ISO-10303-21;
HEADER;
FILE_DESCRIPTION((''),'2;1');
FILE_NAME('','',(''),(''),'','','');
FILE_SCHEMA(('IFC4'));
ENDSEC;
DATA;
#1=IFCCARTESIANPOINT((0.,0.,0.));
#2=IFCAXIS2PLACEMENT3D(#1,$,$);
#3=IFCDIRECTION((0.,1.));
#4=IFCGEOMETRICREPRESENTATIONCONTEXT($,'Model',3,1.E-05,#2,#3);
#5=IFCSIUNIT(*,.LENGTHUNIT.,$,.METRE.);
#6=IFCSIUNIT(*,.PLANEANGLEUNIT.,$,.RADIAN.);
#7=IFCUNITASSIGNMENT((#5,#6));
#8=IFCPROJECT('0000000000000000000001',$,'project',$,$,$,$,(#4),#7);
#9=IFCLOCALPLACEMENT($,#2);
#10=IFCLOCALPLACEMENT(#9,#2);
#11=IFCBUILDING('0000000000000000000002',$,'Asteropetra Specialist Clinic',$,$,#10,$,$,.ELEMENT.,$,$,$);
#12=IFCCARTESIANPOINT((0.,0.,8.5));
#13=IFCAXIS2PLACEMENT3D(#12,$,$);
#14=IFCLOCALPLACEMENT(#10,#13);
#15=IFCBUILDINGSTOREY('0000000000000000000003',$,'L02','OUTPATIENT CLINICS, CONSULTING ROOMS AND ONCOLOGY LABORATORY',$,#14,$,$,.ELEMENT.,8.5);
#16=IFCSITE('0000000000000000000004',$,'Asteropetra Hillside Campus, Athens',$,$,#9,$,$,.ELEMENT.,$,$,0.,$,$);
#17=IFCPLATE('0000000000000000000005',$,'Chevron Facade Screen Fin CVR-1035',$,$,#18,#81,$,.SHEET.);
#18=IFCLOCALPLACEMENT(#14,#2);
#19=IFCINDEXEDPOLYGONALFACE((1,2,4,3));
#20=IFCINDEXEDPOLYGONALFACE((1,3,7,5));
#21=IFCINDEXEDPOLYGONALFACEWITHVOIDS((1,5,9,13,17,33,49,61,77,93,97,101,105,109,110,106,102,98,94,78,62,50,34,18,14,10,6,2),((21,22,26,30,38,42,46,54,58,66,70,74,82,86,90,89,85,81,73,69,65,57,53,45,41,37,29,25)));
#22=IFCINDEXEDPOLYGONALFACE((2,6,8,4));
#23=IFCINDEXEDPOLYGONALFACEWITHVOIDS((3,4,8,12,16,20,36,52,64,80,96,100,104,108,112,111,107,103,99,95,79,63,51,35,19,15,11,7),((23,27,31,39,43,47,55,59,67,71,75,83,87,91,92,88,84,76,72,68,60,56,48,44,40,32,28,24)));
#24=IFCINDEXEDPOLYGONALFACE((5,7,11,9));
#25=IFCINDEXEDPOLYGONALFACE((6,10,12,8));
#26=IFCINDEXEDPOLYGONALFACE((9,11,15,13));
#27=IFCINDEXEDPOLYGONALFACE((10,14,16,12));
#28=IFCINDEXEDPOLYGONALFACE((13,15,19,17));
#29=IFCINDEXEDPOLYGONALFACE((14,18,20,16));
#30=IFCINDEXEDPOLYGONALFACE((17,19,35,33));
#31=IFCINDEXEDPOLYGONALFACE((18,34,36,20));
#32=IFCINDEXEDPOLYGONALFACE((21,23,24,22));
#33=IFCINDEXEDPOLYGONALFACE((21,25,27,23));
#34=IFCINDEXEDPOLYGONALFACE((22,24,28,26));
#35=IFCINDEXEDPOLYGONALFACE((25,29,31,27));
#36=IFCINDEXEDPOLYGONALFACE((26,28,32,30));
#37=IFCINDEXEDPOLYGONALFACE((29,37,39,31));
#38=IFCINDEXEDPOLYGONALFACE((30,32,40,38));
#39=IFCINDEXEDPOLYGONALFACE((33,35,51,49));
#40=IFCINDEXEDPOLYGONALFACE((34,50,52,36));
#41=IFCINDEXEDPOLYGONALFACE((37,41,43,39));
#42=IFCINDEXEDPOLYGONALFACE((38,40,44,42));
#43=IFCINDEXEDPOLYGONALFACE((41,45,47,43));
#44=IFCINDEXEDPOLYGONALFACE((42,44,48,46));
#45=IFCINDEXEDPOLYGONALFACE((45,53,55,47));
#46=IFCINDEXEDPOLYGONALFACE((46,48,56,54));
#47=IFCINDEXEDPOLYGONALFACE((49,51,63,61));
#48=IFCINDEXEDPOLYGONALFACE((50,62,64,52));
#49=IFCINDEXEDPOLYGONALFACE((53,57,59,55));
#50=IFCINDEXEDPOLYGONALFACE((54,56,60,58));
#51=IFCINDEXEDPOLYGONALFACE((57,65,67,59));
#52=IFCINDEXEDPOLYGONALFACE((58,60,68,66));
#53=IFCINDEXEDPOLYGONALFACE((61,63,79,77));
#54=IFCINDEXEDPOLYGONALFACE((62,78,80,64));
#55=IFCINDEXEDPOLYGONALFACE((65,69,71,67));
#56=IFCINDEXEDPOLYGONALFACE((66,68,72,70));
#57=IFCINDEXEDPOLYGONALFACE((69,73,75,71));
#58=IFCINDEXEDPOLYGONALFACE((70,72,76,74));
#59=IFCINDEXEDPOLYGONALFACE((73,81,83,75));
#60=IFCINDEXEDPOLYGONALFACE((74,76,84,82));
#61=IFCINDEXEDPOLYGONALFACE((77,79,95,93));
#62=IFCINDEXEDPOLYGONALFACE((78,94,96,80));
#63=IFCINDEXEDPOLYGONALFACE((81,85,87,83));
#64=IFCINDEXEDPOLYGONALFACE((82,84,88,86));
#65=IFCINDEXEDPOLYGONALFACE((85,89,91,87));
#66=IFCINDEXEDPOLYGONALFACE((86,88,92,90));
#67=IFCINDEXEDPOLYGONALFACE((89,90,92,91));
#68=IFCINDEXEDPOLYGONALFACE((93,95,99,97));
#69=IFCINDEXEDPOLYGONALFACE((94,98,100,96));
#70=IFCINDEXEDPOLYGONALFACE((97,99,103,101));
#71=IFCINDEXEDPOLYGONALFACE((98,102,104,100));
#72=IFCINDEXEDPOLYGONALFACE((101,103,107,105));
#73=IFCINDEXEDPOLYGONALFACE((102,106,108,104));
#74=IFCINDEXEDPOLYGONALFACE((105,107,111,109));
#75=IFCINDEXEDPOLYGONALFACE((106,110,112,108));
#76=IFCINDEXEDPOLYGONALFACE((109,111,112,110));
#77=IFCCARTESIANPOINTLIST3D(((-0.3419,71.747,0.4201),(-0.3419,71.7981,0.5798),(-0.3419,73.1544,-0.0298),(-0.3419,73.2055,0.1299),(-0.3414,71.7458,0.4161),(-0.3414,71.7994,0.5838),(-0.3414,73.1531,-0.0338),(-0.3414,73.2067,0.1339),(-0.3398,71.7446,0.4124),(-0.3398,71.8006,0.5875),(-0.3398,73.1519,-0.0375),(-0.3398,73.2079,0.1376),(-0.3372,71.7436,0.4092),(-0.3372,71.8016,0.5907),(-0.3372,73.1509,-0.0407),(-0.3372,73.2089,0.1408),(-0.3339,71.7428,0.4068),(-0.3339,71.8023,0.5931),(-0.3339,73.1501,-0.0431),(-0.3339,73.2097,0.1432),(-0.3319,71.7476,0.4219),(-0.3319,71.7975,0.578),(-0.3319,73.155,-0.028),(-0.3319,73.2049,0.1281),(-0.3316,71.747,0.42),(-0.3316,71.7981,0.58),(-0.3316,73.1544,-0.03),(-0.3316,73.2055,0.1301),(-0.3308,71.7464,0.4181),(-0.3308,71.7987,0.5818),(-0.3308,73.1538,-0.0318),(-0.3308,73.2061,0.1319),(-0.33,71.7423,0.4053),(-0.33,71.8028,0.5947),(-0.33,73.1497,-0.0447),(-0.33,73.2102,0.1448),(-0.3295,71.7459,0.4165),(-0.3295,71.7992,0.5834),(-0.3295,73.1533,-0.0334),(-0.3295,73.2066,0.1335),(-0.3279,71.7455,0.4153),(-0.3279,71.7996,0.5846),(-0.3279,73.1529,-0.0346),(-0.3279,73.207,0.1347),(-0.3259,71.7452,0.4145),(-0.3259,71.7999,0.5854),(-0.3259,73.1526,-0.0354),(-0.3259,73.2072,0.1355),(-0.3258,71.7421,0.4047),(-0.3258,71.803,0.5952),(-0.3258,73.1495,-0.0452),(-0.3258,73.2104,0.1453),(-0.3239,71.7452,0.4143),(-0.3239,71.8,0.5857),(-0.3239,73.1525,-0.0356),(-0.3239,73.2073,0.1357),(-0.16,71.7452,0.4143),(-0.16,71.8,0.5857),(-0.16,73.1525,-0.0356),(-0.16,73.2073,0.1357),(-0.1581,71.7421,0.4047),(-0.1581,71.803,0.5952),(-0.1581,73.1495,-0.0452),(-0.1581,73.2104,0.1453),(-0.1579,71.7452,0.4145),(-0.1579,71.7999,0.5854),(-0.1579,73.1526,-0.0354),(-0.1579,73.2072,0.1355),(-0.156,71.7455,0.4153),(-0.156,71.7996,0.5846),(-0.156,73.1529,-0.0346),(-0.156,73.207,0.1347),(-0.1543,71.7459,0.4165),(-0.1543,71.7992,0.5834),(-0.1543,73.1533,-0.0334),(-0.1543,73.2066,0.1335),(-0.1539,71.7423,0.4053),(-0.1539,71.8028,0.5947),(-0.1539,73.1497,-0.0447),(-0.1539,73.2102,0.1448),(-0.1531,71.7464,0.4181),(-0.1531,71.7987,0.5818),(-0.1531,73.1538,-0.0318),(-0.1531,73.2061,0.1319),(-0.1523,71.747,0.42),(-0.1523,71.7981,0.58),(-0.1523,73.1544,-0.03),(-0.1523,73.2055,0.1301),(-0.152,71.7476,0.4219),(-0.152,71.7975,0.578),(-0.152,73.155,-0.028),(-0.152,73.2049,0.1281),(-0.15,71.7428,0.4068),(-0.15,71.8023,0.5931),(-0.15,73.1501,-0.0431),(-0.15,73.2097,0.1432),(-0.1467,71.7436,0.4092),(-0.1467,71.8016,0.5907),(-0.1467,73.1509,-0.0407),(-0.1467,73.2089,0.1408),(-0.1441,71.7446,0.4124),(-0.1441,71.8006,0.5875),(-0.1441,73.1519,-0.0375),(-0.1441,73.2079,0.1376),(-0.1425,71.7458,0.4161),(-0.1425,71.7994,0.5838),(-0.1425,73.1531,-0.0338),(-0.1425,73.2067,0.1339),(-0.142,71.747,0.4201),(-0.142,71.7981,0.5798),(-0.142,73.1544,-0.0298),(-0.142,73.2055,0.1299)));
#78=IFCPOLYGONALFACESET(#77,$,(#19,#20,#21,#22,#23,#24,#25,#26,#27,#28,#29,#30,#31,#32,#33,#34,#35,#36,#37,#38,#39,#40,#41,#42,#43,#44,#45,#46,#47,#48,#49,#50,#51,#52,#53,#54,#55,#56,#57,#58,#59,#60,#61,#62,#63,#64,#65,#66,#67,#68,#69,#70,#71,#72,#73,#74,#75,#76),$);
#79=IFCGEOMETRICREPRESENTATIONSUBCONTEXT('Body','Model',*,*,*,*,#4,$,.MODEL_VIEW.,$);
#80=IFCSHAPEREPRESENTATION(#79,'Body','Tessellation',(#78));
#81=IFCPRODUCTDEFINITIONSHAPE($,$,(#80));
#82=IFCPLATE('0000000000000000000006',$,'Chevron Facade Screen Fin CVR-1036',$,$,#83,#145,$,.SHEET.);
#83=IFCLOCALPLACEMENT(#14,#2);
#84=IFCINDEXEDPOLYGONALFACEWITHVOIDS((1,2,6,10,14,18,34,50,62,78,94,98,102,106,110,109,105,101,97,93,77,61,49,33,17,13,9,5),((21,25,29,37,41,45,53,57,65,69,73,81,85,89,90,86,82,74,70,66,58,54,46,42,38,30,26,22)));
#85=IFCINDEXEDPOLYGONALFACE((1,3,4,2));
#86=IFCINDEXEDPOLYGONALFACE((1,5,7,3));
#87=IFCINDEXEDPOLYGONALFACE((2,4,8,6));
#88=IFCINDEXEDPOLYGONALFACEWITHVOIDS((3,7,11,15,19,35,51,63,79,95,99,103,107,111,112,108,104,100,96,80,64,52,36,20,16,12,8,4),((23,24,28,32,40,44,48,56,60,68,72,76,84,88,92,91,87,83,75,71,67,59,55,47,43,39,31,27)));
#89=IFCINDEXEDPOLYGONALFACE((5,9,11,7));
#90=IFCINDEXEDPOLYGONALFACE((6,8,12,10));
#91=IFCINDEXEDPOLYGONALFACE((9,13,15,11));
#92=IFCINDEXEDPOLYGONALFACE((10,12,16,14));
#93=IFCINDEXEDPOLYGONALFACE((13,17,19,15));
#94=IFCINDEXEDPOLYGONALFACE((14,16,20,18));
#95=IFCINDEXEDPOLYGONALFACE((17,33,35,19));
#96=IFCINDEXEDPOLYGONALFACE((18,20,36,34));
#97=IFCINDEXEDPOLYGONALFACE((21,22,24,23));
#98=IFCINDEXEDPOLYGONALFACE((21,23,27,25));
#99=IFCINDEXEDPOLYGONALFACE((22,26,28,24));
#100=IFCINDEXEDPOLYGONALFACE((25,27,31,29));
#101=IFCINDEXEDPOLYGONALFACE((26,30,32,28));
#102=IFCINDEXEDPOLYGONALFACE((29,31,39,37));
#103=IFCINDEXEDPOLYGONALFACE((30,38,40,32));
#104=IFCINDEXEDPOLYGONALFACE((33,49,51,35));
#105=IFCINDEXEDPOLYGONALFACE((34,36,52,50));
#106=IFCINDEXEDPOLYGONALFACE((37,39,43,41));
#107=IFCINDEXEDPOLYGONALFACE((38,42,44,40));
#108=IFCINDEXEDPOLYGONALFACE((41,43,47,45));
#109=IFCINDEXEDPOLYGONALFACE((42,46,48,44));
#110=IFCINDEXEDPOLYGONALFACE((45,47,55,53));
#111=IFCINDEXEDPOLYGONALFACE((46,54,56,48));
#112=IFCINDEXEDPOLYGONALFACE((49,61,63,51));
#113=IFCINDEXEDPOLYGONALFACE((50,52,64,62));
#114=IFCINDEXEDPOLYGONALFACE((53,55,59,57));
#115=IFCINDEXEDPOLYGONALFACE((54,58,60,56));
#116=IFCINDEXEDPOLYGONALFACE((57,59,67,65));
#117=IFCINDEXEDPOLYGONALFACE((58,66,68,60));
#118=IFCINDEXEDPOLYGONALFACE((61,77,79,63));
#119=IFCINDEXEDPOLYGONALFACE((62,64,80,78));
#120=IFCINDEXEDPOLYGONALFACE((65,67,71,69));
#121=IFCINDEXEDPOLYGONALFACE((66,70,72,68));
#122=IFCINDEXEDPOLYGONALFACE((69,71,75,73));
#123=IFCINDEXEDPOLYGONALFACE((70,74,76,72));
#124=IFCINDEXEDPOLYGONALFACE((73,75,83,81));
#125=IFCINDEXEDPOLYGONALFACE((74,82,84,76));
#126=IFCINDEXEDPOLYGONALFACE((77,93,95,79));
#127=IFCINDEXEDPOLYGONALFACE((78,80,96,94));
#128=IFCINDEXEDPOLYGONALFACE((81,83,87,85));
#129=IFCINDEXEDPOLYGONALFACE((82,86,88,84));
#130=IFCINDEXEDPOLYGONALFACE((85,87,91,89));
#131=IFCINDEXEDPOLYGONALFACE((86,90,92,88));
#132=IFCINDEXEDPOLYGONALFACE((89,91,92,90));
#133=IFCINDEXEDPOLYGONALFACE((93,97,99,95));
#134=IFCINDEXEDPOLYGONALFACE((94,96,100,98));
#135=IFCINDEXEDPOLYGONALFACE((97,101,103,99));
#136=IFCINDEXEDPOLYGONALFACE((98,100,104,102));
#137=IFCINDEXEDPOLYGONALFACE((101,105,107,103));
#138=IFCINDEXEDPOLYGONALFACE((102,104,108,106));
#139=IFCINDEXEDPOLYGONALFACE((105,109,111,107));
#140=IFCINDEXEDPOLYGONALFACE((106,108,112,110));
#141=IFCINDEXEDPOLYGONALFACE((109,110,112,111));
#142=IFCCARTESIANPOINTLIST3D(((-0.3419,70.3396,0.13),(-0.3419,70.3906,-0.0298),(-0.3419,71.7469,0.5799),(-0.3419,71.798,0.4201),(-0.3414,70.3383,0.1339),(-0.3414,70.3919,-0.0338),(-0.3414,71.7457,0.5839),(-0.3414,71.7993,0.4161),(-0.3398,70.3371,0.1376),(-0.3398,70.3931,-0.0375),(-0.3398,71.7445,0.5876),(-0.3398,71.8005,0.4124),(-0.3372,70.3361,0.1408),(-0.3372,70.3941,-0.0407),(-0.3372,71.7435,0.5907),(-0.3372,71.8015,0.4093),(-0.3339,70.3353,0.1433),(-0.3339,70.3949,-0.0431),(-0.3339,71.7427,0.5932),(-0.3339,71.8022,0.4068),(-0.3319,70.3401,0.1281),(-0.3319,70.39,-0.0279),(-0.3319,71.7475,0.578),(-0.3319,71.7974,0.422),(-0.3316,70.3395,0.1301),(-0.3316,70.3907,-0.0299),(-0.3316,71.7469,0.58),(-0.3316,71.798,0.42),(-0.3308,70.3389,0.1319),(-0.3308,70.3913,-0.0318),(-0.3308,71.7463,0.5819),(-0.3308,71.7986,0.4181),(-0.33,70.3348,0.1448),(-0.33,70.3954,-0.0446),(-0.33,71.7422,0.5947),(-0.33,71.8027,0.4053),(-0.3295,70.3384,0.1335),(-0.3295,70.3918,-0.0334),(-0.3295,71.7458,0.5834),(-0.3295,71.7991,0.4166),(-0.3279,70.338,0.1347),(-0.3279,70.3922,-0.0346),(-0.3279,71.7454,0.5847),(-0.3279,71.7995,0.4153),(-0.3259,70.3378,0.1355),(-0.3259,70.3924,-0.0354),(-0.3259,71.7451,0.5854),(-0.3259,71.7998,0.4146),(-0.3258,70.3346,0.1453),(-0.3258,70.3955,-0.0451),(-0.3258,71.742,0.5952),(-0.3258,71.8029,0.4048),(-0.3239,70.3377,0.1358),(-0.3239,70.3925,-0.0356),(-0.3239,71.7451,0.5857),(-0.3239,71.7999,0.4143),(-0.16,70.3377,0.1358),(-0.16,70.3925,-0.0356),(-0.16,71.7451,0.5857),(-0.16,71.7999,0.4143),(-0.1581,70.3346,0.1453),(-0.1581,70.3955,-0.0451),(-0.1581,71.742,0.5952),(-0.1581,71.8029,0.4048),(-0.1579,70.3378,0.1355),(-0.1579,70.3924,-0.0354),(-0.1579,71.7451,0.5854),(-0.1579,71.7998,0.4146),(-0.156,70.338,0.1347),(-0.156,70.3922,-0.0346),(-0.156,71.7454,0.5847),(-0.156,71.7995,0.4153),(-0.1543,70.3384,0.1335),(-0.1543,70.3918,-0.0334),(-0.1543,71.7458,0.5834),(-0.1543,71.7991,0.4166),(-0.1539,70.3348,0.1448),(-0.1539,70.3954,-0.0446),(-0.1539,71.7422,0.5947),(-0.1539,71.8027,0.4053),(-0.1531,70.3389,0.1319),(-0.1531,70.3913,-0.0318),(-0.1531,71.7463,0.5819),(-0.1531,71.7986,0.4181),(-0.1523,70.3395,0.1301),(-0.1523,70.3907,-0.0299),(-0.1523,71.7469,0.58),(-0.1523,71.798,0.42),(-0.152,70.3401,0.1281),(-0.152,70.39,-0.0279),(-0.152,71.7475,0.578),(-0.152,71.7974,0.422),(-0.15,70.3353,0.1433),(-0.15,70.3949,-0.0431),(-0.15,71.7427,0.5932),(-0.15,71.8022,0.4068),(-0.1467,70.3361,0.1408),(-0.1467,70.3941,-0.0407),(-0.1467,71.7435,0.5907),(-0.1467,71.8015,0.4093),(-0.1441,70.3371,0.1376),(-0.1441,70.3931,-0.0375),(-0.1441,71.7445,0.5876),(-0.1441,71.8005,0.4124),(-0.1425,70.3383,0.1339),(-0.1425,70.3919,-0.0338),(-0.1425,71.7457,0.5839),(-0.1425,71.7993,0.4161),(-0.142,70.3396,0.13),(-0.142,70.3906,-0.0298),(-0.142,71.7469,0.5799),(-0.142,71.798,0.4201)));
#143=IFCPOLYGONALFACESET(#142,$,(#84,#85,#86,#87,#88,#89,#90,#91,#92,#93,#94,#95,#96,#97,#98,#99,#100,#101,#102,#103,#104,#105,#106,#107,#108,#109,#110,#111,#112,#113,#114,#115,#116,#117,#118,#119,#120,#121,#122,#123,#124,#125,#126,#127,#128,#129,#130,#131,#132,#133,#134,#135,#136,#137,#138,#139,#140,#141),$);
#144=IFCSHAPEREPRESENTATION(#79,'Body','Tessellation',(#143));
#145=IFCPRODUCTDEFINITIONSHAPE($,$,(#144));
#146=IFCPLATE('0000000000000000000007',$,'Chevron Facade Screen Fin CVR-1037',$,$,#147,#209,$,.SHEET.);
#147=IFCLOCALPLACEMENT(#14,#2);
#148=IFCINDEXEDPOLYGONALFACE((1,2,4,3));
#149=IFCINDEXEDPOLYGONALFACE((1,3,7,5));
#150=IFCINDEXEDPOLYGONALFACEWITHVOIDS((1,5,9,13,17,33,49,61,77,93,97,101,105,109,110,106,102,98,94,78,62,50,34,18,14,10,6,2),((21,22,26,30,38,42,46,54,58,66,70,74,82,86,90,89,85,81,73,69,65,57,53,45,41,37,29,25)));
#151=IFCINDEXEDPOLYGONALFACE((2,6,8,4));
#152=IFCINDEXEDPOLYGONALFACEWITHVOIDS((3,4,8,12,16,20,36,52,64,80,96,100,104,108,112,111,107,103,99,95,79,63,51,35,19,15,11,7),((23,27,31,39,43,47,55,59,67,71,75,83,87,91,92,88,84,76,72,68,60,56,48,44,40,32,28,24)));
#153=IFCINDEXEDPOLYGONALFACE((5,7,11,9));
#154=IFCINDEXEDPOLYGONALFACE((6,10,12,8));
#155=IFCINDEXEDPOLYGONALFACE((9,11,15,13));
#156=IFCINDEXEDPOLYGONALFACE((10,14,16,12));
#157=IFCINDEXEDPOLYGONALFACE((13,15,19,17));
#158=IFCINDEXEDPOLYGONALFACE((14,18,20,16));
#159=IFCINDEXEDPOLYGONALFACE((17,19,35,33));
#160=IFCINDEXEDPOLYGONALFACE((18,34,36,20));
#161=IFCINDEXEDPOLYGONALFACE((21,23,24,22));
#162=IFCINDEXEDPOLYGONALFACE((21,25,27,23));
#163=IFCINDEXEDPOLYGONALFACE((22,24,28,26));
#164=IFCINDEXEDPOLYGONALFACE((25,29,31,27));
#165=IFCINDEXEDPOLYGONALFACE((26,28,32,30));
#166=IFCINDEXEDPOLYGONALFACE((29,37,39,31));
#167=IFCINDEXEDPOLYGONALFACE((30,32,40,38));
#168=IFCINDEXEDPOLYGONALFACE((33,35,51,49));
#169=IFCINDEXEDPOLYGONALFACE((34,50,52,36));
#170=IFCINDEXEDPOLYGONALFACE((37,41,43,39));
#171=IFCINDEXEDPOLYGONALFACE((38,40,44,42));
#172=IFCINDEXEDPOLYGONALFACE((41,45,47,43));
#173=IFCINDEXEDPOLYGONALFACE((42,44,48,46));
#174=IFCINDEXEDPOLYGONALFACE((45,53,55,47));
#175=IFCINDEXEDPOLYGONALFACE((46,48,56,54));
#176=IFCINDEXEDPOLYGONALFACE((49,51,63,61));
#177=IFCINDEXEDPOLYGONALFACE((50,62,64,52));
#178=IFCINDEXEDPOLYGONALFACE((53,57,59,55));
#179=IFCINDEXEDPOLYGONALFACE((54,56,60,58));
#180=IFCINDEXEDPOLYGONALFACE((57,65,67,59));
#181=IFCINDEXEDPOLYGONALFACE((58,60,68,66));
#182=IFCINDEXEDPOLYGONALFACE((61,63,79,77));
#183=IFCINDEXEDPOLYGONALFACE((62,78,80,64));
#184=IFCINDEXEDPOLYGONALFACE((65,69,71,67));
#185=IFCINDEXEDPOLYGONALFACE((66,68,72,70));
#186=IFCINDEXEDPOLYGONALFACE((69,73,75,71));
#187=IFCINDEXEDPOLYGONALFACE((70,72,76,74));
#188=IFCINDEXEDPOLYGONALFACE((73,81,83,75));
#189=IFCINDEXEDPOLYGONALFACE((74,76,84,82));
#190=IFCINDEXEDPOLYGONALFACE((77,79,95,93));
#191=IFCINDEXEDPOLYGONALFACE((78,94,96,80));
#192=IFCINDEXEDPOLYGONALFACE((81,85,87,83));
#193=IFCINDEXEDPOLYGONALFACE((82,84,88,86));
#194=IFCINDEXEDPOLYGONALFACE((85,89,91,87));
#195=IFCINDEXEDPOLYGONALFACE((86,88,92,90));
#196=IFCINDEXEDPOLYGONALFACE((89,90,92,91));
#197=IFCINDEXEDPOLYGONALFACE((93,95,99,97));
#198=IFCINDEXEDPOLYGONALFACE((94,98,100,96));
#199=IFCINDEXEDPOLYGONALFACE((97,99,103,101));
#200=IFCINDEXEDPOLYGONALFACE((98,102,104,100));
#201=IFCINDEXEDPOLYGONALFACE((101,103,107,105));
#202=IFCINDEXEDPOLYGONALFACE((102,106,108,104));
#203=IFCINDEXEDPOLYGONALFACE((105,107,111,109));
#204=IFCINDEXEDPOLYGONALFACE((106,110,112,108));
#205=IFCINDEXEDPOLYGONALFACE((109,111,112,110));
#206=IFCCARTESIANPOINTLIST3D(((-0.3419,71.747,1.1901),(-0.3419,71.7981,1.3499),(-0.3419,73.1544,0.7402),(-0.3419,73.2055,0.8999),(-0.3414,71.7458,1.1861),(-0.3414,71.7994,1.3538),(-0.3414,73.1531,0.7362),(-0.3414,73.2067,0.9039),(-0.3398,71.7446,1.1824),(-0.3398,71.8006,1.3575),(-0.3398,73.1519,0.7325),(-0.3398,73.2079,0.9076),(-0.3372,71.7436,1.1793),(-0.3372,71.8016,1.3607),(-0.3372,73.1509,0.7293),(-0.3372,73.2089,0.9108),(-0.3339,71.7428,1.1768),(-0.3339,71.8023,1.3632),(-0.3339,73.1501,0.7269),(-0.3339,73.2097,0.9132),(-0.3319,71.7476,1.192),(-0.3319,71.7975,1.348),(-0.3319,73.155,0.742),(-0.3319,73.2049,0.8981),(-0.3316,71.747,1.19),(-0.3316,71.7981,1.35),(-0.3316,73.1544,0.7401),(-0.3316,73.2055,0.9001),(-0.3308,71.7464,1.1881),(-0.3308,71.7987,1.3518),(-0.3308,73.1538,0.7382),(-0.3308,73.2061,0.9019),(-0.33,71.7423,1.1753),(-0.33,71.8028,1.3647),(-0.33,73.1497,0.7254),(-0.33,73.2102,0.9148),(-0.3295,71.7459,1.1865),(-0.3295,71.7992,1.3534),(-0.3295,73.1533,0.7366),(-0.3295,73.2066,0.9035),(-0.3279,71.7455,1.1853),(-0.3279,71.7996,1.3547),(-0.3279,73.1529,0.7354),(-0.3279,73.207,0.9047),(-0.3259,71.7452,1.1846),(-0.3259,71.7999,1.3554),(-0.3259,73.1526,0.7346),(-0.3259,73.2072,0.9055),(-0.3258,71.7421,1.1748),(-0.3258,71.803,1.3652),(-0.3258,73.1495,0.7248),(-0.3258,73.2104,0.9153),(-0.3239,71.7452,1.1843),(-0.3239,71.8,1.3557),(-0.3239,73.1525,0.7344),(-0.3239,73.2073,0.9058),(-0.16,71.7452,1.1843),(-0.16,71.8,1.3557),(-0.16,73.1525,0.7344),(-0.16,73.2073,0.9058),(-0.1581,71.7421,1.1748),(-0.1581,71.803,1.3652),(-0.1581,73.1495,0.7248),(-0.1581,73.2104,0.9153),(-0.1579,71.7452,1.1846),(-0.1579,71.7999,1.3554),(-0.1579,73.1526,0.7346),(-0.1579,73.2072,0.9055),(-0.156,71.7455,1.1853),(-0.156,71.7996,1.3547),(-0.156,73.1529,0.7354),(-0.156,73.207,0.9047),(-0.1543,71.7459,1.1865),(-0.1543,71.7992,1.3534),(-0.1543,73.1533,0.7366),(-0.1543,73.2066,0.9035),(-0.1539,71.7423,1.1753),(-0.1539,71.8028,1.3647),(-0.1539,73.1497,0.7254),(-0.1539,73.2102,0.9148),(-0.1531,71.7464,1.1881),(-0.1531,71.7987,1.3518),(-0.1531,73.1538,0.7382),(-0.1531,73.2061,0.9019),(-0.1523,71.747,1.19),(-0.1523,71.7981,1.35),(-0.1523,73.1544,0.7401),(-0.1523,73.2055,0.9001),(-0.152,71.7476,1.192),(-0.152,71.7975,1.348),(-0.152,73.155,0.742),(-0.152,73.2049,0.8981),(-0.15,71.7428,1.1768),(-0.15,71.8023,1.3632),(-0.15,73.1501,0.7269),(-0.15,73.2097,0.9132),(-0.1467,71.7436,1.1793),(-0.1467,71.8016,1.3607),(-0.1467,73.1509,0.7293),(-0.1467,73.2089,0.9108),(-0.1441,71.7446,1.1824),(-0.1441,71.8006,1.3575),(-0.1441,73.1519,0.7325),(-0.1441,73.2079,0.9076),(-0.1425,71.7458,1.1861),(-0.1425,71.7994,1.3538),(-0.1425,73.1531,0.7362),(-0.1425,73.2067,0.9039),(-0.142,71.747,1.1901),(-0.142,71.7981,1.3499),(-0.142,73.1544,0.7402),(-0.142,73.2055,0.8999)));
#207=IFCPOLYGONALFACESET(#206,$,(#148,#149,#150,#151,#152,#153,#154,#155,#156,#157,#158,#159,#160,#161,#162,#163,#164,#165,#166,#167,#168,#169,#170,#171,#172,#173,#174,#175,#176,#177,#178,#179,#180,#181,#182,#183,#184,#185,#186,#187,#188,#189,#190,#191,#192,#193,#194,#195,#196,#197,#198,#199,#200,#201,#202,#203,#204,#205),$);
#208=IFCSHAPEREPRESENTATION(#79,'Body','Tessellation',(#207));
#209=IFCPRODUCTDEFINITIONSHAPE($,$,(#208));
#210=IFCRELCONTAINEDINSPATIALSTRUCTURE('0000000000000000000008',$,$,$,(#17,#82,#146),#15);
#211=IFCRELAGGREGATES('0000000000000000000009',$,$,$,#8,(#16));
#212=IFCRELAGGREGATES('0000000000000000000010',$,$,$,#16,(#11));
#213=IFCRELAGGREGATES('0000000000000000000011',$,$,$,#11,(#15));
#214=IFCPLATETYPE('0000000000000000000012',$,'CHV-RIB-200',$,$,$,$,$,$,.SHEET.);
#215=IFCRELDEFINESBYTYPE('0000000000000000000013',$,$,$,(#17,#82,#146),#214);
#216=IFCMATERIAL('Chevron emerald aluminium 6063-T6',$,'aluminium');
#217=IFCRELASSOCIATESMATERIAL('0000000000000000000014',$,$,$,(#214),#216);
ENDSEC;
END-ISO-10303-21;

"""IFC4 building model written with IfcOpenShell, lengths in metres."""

from ifc_helpers import new_model, si_unit, direction, frame, origin, origin_2d, place, context, subcontext, project, spatial, hollow_rectangle, extrude, material, material_profile, profile_set, type_object, element, save


model = new_model("IFC4")

# Units and contexts
model_context = context("Model", 3, precision=1e-05, world=origin(), true_north=direction((0.0, 1.0)))
body_context = subcontext(model_context, "Body", "Model", "MODEL_VIEW")
ifc_project = project(units=[si_unit("LENGTHUNIT", "METRE"), si_unit("PLANEANGLEUNIT", "RADIAN")], contexts=[model_context])

# Site, building, storey
site_placement = place(None, origin())
site = spatial("IfcSite", under=ifc_project, at=site_placement, Name="Asteropetra Hillside Campus, Athens", CompositionType="ELEMENT", RefElevation=0.0)
building_placement = place(site_placement, origin())
building = spatial("IfcBuilding", under=site, at=building_placement, Name="Asteropetra Specialist Clinic", CompositionType="ELEMENT")
storey_placement = place(building_placement, frame((0.0, 0.0, 8.5)))
storey = spatial("IfcBuildingStorey", under=building, at=storey_placement, Name="L02", Description="OUTPATIENT CLINICS, CONSULTING ROOMS AND ONCOLOGY LABORATORY", CompositionType="ELEMENT", Elevation=8.5)

# Plates
ifc_material_1 = material(Name="Chevron emerald aluminium 6063-T6", Category="aluminium")
ifc_material_profile_1 = material_profile(ifc_material_1, hollow_rectangle(XDim=0.2, YDim=0.2, WallThickness=0.01, InnerFilletRadius=0.0081, OuterFilletRadius=0.0161, at=origin_2d()), Name="SHS 200x200x10.0")
ifc_profile_set_1 = profile_set([ifc_material_profile_1], Name="Chevron emerald aluminium 6063-T6")
plate_type_1 = type_object("IfcPlateType", Name="CHV-RIB-200", PredefinedType="SHEET", material=ifc_profile_set_1)
for number, where, z_axis, x_axis, name in (
    (1, (-0.2419, 73.1799, 0.05), (0.0, -0.95251, 0.304506), (1.0, 0.0, 0.0), "Chevron Facade Screen Fin CVR-1035"),
    (2, (-0.2419, 71.7725, 0.5), (0.0, -0.95251, -0.304506), (1.0, 0.0, 0.0), "Chevron Facade Screen Fin CVR-1036"),
    (3, (-0.2419, 73.1799, 0.8201), (0.0, -0.95251, 0.304506), (1.0, 0.0, 0.0), "Chevron Facade Screen Fin CVR-1037"),
):
    element("IfcPlate", number, at=place(storey_placement, frame(where, z_axis=z_axis, x_axis=x_axis)), inside=storey, type_object=plate_type_1, Name=name, PredefinedType="SHEET", context=body_context, shape_type="SweptSolid", body=[
        extrude(hollow_rectangle(XDim=0.2, YDim=0.2, WallThickness=0.01, InnerFilletRadius=0.0081, OuterFilletRadius=0.0161, at=origin_2d()), origin(), (0.0, 0.0, 1.0), 1.4775),
    ])

save(model, "model.ifc")
